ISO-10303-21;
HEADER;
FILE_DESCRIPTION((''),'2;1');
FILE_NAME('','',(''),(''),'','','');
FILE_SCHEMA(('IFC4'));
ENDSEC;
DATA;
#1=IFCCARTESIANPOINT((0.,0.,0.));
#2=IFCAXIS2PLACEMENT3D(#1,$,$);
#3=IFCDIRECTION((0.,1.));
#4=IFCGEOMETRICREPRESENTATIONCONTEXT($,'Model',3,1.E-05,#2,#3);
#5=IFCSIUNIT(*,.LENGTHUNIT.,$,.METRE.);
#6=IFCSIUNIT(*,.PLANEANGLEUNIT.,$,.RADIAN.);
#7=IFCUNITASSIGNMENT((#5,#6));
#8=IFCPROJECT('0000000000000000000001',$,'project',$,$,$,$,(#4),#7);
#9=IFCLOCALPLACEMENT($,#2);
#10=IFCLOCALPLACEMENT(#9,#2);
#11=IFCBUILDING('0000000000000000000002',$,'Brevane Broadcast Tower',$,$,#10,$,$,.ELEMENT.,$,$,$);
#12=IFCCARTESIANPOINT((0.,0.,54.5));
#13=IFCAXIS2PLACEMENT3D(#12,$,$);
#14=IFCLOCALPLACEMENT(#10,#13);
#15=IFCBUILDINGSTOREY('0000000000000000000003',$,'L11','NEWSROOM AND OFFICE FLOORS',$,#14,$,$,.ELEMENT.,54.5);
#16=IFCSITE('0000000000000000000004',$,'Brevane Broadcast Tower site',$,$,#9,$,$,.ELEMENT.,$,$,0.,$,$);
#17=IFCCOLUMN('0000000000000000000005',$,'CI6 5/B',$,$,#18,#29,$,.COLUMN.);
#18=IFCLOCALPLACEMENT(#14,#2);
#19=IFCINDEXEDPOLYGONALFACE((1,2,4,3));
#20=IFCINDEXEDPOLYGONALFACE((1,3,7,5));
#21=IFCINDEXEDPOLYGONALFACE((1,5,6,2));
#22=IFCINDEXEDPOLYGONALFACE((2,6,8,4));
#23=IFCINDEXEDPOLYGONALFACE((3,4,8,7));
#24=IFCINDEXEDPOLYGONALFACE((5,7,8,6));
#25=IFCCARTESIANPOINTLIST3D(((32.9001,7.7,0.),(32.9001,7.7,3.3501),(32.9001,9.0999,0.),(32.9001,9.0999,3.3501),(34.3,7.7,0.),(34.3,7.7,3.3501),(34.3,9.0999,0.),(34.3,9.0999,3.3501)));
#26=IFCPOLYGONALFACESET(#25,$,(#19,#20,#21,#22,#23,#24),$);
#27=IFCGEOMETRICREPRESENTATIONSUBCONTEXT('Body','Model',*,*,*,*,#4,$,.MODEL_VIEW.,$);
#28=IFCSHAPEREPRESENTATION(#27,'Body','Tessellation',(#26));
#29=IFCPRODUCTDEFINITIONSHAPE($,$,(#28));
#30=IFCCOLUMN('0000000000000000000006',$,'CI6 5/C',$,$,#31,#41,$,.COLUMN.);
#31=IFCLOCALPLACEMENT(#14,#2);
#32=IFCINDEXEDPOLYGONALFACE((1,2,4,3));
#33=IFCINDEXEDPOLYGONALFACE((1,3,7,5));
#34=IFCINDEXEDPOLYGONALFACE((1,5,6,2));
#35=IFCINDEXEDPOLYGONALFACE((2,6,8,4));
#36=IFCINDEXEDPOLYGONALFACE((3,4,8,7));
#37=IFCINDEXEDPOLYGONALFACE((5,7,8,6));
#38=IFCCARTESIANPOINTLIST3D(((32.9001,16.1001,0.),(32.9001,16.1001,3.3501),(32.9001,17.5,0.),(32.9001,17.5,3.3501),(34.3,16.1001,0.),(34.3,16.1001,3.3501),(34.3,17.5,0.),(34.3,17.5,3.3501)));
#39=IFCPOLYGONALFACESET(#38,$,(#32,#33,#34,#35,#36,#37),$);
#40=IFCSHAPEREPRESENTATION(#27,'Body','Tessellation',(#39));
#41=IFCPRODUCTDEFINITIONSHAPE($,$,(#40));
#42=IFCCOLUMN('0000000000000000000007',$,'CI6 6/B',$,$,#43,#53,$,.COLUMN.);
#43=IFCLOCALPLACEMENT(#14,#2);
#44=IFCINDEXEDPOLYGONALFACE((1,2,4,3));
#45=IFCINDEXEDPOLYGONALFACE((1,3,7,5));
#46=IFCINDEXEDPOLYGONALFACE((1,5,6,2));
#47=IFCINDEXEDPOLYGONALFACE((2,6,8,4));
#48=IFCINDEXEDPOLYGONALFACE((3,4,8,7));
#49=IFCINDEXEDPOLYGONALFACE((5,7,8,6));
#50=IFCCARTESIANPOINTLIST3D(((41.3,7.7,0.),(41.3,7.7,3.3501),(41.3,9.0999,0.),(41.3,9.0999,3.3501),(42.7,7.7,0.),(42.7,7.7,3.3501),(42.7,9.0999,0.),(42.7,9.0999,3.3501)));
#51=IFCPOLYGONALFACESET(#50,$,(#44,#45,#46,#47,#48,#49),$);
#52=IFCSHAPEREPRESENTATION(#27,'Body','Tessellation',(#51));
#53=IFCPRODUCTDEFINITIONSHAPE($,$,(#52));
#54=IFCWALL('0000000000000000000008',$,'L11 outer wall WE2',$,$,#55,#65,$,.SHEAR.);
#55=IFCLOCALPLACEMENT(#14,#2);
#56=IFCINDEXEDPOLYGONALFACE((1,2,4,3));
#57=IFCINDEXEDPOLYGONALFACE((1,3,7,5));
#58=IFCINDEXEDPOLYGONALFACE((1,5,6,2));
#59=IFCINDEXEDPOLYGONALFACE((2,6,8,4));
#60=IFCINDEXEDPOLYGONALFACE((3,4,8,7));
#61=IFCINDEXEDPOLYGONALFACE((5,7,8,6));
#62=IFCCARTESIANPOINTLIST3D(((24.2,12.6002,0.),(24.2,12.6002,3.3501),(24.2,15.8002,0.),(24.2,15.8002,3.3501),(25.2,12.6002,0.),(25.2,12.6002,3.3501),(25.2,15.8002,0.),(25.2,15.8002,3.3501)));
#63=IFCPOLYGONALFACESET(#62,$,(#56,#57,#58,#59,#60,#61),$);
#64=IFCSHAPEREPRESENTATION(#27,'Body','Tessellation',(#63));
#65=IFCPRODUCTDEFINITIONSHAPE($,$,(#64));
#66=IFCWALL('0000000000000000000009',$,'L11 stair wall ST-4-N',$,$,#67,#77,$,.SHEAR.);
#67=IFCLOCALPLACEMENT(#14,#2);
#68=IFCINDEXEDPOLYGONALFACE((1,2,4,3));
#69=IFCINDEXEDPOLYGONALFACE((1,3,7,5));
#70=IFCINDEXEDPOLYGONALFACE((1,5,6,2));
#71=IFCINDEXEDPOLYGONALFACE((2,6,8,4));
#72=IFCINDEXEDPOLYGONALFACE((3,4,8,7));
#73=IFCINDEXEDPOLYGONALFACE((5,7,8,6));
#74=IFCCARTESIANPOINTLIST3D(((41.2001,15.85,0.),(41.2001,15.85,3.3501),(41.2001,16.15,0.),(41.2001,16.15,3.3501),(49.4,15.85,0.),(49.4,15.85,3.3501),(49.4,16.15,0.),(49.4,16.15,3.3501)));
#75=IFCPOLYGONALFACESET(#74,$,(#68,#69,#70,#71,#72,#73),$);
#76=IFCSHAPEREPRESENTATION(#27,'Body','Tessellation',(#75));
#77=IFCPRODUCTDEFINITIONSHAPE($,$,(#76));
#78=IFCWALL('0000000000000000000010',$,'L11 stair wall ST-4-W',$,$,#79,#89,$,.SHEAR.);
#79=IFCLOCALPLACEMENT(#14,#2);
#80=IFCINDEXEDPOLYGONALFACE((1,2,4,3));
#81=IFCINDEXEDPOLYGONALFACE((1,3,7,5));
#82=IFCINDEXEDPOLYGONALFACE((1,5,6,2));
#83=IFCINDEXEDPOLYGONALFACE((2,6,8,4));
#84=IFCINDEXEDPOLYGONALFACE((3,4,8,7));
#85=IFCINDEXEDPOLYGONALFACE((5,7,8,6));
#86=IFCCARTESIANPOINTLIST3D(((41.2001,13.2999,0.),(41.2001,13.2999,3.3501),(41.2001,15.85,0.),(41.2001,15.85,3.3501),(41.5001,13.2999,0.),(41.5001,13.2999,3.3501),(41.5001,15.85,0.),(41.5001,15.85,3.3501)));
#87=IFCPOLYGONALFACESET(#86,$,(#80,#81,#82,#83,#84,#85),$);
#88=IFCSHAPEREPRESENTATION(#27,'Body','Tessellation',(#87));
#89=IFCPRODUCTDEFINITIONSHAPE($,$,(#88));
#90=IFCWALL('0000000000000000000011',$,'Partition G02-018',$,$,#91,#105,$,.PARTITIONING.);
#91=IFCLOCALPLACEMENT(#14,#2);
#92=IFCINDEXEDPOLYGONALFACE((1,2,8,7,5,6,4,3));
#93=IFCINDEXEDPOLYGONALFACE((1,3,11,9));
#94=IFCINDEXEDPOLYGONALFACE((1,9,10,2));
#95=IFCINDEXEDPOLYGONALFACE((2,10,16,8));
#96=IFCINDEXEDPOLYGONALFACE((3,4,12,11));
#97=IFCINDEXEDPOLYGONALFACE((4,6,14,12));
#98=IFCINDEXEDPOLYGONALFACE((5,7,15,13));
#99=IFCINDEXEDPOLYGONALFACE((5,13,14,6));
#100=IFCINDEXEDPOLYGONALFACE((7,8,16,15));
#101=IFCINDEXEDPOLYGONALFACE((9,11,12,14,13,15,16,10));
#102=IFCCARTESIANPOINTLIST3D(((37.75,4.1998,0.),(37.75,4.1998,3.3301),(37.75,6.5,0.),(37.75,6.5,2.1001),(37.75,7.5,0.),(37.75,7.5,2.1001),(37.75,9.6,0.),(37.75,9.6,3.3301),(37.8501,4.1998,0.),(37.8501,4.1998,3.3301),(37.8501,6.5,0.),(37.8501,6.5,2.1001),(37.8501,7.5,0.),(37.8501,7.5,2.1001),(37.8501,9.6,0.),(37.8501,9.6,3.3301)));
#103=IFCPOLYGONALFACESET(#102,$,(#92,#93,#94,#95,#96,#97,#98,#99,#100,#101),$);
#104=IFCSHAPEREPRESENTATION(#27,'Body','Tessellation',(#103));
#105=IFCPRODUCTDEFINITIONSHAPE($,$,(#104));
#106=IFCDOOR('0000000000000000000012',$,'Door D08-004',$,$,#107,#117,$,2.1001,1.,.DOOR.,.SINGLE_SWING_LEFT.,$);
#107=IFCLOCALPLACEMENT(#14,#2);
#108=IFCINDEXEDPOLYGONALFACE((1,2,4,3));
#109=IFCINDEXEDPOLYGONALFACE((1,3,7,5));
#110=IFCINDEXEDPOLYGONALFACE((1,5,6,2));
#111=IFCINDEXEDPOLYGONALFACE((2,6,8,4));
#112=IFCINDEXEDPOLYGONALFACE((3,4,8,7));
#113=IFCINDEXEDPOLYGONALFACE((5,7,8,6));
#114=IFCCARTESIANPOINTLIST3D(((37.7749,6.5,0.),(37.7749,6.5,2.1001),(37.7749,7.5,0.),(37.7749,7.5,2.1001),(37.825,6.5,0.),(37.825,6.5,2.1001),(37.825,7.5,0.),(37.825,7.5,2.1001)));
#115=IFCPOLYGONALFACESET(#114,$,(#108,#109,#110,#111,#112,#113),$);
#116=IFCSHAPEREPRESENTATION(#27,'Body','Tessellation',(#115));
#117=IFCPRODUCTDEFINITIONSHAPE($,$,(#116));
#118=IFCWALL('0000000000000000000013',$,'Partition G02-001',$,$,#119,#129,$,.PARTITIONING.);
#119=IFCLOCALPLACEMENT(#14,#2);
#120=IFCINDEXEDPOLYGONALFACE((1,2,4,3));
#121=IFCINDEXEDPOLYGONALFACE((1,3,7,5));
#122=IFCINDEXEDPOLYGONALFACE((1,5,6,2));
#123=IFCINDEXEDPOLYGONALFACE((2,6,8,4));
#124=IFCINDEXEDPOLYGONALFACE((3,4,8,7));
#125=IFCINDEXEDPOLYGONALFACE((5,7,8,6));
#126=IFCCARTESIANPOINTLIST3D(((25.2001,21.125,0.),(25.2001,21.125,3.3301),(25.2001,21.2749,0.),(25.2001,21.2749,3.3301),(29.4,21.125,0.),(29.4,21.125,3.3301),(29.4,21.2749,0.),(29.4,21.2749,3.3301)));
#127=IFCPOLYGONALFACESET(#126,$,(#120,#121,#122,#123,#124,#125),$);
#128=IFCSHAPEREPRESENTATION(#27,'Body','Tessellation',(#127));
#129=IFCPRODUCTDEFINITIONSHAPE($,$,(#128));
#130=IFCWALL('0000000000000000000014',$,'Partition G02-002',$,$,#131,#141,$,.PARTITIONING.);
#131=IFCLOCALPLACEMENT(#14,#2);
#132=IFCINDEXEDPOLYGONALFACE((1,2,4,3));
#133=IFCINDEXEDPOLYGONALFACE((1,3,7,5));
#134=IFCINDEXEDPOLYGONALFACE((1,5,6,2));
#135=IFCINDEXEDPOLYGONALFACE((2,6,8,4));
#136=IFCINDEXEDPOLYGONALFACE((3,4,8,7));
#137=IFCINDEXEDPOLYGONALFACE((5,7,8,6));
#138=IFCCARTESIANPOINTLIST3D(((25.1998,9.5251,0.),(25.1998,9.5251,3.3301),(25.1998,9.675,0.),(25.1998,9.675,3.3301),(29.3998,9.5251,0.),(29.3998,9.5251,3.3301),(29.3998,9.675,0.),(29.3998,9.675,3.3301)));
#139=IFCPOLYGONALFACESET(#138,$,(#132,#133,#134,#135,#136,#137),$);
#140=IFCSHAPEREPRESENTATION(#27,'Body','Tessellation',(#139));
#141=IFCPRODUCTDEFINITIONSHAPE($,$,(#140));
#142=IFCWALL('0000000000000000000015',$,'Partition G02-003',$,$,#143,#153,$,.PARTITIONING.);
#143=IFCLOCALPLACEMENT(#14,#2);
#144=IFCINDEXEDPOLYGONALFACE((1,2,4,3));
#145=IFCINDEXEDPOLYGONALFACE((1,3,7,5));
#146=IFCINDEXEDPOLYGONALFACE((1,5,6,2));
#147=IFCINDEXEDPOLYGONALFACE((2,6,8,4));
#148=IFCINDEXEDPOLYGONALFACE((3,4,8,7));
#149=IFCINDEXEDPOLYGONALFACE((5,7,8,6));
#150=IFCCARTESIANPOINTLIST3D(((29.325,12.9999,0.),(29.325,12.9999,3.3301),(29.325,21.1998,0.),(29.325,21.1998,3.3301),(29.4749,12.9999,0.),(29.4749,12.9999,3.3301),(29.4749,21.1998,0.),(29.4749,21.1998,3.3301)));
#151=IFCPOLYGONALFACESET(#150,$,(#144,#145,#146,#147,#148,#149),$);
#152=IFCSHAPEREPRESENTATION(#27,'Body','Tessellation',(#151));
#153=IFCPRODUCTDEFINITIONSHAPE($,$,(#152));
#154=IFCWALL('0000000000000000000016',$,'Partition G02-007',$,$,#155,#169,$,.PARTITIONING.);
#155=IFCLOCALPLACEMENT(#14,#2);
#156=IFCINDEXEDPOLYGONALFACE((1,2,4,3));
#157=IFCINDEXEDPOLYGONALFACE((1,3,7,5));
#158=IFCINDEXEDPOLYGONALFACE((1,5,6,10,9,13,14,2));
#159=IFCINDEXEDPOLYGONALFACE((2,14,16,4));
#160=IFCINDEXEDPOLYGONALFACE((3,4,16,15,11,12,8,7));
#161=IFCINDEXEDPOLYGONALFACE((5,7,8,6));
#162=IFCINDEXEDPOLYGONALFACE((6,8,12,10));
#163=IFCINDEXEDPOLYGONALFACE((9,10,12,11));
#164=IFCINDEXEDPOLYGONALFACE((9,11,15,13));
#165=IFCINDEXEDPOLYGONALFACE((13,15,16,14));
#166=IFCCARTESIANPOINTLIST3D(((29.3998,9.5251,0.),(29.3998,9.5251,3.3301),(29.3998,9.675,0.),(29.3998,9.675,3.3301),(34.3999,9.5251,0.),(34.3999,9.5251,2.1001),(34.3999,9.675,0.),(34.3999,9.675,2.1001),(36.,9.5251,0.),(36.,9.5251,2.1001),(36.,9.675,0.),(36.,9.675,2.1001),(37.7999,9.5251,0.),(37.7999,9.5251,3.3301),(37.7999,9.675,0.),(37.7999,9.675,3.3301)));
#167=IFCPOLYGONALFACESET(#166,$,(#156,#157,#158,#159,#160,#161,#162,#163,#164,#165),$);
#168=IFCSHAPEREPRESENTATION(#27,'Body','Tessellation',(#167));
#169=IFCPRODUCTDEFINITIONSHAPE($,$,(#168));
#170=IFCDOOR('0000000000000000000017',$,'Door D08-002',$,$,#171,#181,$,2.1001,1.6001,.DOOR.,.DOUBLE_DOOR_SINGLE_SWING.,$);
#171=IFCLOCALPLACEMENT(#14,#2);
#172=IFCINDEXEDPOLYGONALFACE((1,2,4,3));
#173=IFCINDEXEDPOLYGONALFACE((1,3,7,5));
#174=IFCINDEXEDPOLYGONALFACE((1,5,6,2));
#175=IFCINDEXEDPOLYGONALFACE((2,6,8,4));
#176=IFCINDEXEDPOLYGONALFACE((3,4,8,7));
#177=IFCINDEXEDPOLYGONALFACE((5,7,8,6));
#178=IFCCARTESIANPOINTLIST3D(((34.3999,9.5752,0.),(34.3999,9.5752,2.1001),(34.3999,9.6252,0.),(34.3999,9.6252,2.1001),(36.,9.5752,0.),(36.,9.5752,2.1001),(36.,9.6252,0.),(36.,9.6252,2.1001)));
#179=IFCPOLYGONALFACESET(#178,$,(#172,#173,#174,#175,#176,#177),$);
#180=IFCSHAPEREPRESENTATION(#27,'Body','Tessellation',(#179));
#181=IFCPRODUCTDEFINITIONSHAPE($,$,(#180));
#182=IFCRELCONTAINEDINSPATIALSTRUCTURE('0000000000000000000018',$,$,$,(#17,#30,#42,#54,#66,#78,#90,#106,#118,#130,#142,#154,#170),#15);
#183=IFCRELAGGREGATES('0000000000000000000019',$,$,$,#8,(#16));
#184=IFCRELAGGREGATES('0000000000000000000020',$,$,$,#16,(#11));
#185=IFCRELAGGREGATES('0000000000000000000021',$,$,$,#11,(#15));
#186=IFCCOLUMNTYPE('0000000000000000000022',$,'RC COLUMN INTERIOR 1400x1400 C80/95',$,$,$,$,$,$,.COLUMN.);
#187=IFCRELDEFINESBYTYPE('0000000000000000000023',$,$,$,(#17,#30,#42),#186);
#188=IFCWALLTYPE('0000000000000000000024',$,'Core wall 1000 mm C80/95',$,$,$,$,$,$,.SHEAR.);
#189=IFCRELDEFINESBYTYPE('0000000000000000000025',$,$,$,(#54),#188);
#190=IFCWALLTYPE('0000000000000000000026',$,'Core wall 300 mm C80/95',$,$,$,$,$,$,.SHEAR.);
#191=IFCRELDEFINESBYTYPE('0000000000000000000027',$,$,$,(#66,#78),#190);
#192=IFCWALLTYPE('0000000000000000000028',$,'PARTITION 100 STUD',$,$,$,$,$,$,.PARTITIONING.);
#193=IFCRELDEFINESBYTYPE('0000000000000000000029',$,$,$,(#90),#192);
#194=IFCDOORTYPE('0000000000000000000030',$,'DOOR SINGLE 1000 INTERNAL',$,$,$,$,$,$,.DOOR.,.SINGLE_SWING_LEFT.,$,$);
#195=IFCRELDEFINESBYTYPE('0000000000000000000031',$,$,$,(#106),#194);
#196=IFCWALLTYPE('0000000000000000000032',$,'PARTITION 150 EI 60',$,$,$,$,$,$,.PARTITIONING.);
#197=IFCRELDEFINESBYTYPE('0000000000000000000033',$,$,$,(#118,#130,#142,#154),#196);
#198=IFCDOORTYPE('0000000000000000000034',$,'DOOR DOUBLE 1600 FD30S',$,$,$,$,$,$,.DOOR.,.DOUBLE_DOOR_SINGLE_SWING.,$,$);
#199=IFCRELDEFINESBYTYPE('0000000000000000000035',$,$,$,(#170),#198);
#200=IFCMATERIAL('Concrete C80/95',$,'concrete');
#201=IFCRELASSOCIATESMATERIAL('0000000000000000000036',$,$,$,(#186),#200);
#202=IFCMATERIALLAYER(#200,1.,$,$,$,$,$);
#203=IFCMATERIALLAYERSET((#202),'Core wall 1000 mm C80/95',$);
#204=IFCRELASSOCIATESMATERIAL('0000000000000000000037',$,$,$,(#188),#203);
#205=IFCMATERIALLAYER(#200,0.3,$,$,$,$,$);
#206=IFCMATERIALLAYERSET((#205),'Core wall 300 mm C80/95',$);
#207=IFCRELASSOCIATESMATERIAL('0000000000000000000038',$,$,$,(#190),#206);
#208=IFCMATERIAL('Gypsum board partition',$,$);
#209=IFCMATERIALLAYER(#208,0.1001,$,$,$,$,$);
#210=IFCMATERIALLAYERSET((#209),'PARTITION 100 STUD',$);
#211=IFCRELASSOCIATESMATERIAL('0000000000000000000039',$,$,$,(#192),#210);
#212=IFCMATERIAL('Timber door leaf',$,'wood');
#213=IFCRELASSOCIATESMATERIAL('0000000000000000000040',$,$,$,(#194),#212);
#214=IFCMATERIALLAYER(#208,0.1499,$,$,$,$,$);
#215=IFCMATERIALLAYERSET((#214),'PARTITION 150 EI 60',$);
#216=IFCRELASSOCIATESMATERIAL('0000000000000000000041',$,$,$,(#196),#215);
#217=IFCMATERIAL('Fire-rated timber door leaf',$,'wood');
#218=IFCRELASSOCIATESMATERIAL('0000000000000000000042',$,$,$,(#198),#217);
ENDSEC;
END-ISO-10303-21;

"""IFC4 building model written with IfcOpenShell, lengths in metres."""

from ifc_helpers import new_model, si_unit, direction, frame, frame_2d, origin, origin_2d, place, context, subcontext, project, spatial, rectangle, extrude, material, layer, layer_set, material_profile, profile_set, type_object, element, fill, save


model = new_model("IFC4")

# Units and contexts
model_context = context("Model", 3, precision=1e-05, world=origin(), true_north=direction((0.0, 1.0)))
body_context = subcontext(model_context, "Body", "Model", "MODEL_VIEW")
ifc_project = project(units=[si_unit("LENGTHUNIT", "METRE"), si_unit("PLANEANGLEUNIT", "RADIAN")], contexts=[model_context])

# Site, building, storey
site_placement = place(None, origin())
site = spatial("IfcSite", under=ifc_project, at=site_placement, Name="Brevane Broadcast Tower site", CompositionType="ELEMENT", RefElevation=0.0)
building_placement = place(site_placement, origin())
building = spatial("IfcBuilding", under=site, at=building_placement, Name="Brevane Broadcast Tower", CompositionType="ELEMENT")
storey_placement = place(building_placement, frame((0.0, 0.0, 54.5)))
storey = spatial("IfcBuildingStorey", under=building, at=storey_placement, Name="L11", Description="NEWSROOM AND OFFICE FLOORS", CompositionType="ELEMENT", Elevation=54.5)

# Columns
ifc_material_1 = material(Name="Concrete C80/95", Category="concrete")
ifc_material_profile = material_profile(ifc_material_1, rectangle(XDim=1.3999, YDim=1.3999, at=origin_2d()), Name="RC 1400x1400")
ifc_profile_set = profile_set([ifc_material_profile], Name="Concrete C80/95")
column_type = type_object("IfcColumnType", Name="RC COLUMN INTERIOR 1400x1400 C80/95", PredefinedType="COLUMN", material=ifc_profile_set)
for number, where, z_axis, x_axis, name in (
    (1, (33.6001, 8.3999, 0.0), (0.0, 0.0, 1.0), (1.0, 0.0, 0.0), "CI6 5/B"),
    (2, (33.6001, 16.8, 0.0), (0.0, 0.0, 1.0), (1.0, 0.0, 0.0), "CI6 5/C"),
    (3, (42.0, 8.3999, 0.0), (0.0, 0.0, 1.0), (1.0, 0.0, 0.0), "CI6 6/B"),
):
    element("IfcColumn", number, at=place(storey_placement, frame(where, z_axis=z_axis, x_axis=x_axis)), inside=storey, type_object=column_type, Name=name, PredefinedType="COLUMN", context=body_context, shape_type="SweptSolid", body=[
        extrude(rectangle(XDim=1.3999, YDim=1.3999, at=origin_2d()), origin(), (0.0, 0.0, 1.0), 3.3501),
    ])

# Walls
ifc_layer_1 = layer(ifc_material_1, 1.0)
ifc_layer_set_1 = layer_set([ifc_layer_1], Name="Core wall 1000 mm C80/95")
wall_type_1 = type_object("IfcWallType", Name="Core wall 1000 mm C80/95", PredefinedType="SHEAR", material=ifc_layer_set_1)
wall_1_placement = place(storey_placement, frame((24.7, 12.6001, 0.0), z_axis=(0.0, 0.0, 1.0), x_axis=(0.0, 1.0, 0.0)))
element("IfcWall", 4, at=wall_1_placement, inside=storey, type_object=wall_type_1, Name="L11 outer wall WE2", PredefinedType="SHEAR", context=body_context, shape_type="SweptSolid", body=[
    extrude(rectangle(XDim=3.2, YDim=1.0, at=frame_2d((1.6001, 0.0))), origin(), (0.0, 0.0, 1.0), 3.3501),
])
ifc_layer_2 = layer(ifc_material_1, 0.3)
ifc_layer_set_2 = layer_set([ifc_layer_2], Name="Core wall 300 mm C80/95")
wall_type_2 = type_object("IfcWallType", Name="Core wall 300 mm C80/95", PredefinedType="SHEAR", material=ifc_layer_set_2)
wall_2_placement = place(storey_placement, frame((41.2, 16.0, 0.0), z_axis=(0.0, 0.0, 1.0), x_axis=(1.0, 0.0, 0.0)))
element("IfcWall", 5, at=wall_2_placement, inside=storey, type_object=wall_type_2, Name="L11 stair wall ST-4-N", PredefinedType="SHEAR", context=body_context, shape_type="SweptSolid", body=[
    extrude(rectangle(XDim=8.2, YDim=0.3, at=frame_2d((4.1001, 0.0))), origin(), (0.0, 0.0, 1.0), 3.3501),
])
wall_3_placement = place(storey_placement, frame((41.3501, 13.3, 0.0), z_axis=(0.0, 0.0, 1.0), x_axis=(0.0, 1.0, 0.0)))
element("IfcWall", 6, at=wall_3_placement, inside=storey, type_object=wall_type_2, Name="L11 stair wall ST-4-W", PredefinedType="SHEAR", context=body_context, shape_type="SweptSolid", body=[
    extrude(rectangle(XDim=2.55, YDim=0.3, at=frame_2d((1.2749, 0.0))), origin(), (0.0, 0.0, 1.0), 3.3501),
])

# Wall, opening, door
ifc_material_2 = material(Name="Gypsum board partition")
ifc_layer_3 = layer(ifc_material_2, 0.1001)
ifc_layer_set_3 = layer_set([ifc_layer_3], Name="PARTITION 100 STUD")
wall_type_3 = type_object("IfcWallType", Name="PARTITION 100 STUD", PredefinedType="PARTITIONING", material=ifc_layer_set_3)
wall_4_placement = place(storey_placement, frame((37.8, 9.6001, 0.0), z_axis=(0.0, 0.0, 1.0), x_axis=(0.0, -1.0, 0.0)))
wall_4 = element("IfcWall", 7, at=wall_4_placement, inside=storey, type_object=wall_type_3, Name="Partition G02-018", PredefinedType="PARTITIONING", context=body_context, shape_type="SweptSolid", body=[
    extrude(rectangle(XDim=5.4001, YDim=0.1001, at=frame_2d((2.7002, 0.0))), origin(), (0.0, 0.0, 1.0), 3.3301),
])
opening_1_placement = place(wall_4_placement, frame((2.1001, 0.0, 0.0)))
opening_1 = element("IfcOpeningElement", 8, at=opening_1_placement, cuts=wall_4, PredefinedType="OPENING", context=body_context, shape_type="SweptSolid", body=[
    extrude(rectangle(XDim=1.0, YDim=2.1001, at=frame_2d((0.5, 1.05))), frame((0.0, 0.0601, 0.0), z_axis=(0.0, -1.0, 0.0), x_axis=(1.0, 0.0, 0.0)), (0.0, 0.0, 1.0), 0.1201),
])
ifc_material_3 = material(Name="Timber door leaf", Category="wood")
door_type_1 = type_object("IfcDoorType", Name="DOOR SINGLE 1000 INTERNAL", OperationType="SINGLE_SWING_LEFT", PredefinedType="DOOR", material=ifc_material_3)
door_1_placement = place(opening_1_placement, origin())
door_1 = element("IfcDoor", 9, at=door_1_placement, inside=storey, type_object=door_type_1, Name="Door D08-004", OperationType="SINGLE_SWING_LEFT", OverallHeight=2.1001, OverallWidth=1.0, PredefinedType="DOOR", context=body_context, shape_type="SweptSolid", body=[
    extrude(rectangle(XDim=1.0, YDim=2.1001, at=frame_2d((0.5, 1.05))), frame((0.0, 0.0249, 0.0), z_axis=(0.0, -1.0, 0.0), x_axis=(1.0, 0.0, 0.0)), (0.0, 0.0, 1.0), 0.05),
])
fill(opening_1, door_1)

# Walls
ifc_layer_4 = layer(ifc_material_2, 0.1499)
ifc_layer_set_4 = layer_set([ifc_layer_4], Name="PARTITION 150 EI 60")
wall_type_4 = type_object("IfcWallType", Name="PARTITION 150 EI 60", PredefinedType="PARTITIONING", material=ifc_layer_set_4)
for number, where, z_axis, x_axis, name in (
    (10, (25.2, 21.2, 0.0), (0.0, 0.0, 1.0), (1.0, 0.0, 0.0), "Partition G02-001"),
    (11, (29.3999, 9.6001, 0.0), (0.0, 0.0, 1.0), (-1.0, 0.0, 0.0), "Partition G02-002"),
):
    element("IfcWall", number, at=place(storey_placement, frame(where, z_axis=z_axis, x_axis=x_axis)), inside=storey, type_object=wall_type_4, Name=name, PredefinedType="PARTITIONING", context=body_context, shape_type="SweptSolid", body=[
        extrude(rectangle(XDim=4.2, YDim=0.1499, at=frame_2d((2.1001, 0.0))), origin(), (0.0, 0.0, 1.0), 3.3301),
    ])
wall_5_placement = place(storey_placement, frame((29.3999, 21.2, 0.0), z_axis=(0.0, 0.0, 1.0), x_axis=(0.0, -1.0, 0.0)))
element("IfcWall", 12, at=wall_5_placement, inside=storey, type_object=wall_type_4, Name="Partition G02-003", PredefinedType="PARTITIONING", context=body_context, shape_type="SweptSolid", body=[
    extrude(rectangle(XDim=8.2, YDim=0.1499, at=frame_2d((4.1001, 0.0))), origin(), (0.0, 0.0, 1.0), 3.3301),
])

# Wall, opening, door
wall_6_placement = place(storey_placement, frame((37.8, 9.6001, 0.0), z_axis=(0.0, 0.0, 1.0), x_axis=(-1.0, 0.0, 0.0)))
wall_6 = element("IfcWall", 13, at=wall_6_placement, inside=storey, type_object=wall_type_4, Name="Partition G02-007", PredefinedType="PARTITIONING", context=body_context, shape_type="SweptSolid", body=[
    extrude(rectangle(XDim=8.4001, YDim=0.1499, at=frame_2d((4.2002, 0.0))), origin(), (0.0, 0.0, 1.0), 3.3301),
])
opening_2_placement = place(wall_6_placement, frame((1.8, 0.0, 0.0)))
opening_2 = element("IfcOpeningElement", 14, at=opening_2_placement, cuts=wall_6, PredefinedType="OPENING", context=body_context, shape_type="SweptSolid", body=[
    extrude(rectangle(XDim=1.6001, YDim=2.1001, at=frame_2d((0.8, 1.05))), frame((0.0, 0.085, 0.0), z_axis=(0.0, -1.0, 0.0), x_axis=(1.0, 0.0, 0.0)), (0.0, 0.0, 1.0), 0.1699),
])
ifc_material_4 = material(Name="Fire-rated timber door leaf", Category="wood")
door_type_2 = type_object("IfcDoorType", Name="DOOR DOUBLE 1600 FD30S", OperationType="DOUBLE_DOOR_SINGLE_SWING", PredefinedType="DOOR", material=ifc_material_4)
door_2_placement = place(opening_2_placement, origin())
door_2 = element("IfcDoor", 15, at=door_2_placement, inside=storey, type_object=door_type_2, Name="Door D08-002", OperationType="DOUBLE_DOOR_SINGLE_SWING", OverallHeight=2.1001, OverallWidth=1.6001, PredefinedType="DOOR", context=body_context, shape_type="SweptSolid", body=[
    extrude(rectangle(XDim=1.6001, YDim=2.1001, at=frame_2d((0.8, 1.05))), frame((0.0, 0.0249, 0.0), z_axis=(0.0, -1.0, 0.0), x_axis=(1.0, 0.0, 0.0)), (0.0, 0.0, 1.0), 0.05),
])
fill(opening_2, door_2)

save(model, "model.ifc")
